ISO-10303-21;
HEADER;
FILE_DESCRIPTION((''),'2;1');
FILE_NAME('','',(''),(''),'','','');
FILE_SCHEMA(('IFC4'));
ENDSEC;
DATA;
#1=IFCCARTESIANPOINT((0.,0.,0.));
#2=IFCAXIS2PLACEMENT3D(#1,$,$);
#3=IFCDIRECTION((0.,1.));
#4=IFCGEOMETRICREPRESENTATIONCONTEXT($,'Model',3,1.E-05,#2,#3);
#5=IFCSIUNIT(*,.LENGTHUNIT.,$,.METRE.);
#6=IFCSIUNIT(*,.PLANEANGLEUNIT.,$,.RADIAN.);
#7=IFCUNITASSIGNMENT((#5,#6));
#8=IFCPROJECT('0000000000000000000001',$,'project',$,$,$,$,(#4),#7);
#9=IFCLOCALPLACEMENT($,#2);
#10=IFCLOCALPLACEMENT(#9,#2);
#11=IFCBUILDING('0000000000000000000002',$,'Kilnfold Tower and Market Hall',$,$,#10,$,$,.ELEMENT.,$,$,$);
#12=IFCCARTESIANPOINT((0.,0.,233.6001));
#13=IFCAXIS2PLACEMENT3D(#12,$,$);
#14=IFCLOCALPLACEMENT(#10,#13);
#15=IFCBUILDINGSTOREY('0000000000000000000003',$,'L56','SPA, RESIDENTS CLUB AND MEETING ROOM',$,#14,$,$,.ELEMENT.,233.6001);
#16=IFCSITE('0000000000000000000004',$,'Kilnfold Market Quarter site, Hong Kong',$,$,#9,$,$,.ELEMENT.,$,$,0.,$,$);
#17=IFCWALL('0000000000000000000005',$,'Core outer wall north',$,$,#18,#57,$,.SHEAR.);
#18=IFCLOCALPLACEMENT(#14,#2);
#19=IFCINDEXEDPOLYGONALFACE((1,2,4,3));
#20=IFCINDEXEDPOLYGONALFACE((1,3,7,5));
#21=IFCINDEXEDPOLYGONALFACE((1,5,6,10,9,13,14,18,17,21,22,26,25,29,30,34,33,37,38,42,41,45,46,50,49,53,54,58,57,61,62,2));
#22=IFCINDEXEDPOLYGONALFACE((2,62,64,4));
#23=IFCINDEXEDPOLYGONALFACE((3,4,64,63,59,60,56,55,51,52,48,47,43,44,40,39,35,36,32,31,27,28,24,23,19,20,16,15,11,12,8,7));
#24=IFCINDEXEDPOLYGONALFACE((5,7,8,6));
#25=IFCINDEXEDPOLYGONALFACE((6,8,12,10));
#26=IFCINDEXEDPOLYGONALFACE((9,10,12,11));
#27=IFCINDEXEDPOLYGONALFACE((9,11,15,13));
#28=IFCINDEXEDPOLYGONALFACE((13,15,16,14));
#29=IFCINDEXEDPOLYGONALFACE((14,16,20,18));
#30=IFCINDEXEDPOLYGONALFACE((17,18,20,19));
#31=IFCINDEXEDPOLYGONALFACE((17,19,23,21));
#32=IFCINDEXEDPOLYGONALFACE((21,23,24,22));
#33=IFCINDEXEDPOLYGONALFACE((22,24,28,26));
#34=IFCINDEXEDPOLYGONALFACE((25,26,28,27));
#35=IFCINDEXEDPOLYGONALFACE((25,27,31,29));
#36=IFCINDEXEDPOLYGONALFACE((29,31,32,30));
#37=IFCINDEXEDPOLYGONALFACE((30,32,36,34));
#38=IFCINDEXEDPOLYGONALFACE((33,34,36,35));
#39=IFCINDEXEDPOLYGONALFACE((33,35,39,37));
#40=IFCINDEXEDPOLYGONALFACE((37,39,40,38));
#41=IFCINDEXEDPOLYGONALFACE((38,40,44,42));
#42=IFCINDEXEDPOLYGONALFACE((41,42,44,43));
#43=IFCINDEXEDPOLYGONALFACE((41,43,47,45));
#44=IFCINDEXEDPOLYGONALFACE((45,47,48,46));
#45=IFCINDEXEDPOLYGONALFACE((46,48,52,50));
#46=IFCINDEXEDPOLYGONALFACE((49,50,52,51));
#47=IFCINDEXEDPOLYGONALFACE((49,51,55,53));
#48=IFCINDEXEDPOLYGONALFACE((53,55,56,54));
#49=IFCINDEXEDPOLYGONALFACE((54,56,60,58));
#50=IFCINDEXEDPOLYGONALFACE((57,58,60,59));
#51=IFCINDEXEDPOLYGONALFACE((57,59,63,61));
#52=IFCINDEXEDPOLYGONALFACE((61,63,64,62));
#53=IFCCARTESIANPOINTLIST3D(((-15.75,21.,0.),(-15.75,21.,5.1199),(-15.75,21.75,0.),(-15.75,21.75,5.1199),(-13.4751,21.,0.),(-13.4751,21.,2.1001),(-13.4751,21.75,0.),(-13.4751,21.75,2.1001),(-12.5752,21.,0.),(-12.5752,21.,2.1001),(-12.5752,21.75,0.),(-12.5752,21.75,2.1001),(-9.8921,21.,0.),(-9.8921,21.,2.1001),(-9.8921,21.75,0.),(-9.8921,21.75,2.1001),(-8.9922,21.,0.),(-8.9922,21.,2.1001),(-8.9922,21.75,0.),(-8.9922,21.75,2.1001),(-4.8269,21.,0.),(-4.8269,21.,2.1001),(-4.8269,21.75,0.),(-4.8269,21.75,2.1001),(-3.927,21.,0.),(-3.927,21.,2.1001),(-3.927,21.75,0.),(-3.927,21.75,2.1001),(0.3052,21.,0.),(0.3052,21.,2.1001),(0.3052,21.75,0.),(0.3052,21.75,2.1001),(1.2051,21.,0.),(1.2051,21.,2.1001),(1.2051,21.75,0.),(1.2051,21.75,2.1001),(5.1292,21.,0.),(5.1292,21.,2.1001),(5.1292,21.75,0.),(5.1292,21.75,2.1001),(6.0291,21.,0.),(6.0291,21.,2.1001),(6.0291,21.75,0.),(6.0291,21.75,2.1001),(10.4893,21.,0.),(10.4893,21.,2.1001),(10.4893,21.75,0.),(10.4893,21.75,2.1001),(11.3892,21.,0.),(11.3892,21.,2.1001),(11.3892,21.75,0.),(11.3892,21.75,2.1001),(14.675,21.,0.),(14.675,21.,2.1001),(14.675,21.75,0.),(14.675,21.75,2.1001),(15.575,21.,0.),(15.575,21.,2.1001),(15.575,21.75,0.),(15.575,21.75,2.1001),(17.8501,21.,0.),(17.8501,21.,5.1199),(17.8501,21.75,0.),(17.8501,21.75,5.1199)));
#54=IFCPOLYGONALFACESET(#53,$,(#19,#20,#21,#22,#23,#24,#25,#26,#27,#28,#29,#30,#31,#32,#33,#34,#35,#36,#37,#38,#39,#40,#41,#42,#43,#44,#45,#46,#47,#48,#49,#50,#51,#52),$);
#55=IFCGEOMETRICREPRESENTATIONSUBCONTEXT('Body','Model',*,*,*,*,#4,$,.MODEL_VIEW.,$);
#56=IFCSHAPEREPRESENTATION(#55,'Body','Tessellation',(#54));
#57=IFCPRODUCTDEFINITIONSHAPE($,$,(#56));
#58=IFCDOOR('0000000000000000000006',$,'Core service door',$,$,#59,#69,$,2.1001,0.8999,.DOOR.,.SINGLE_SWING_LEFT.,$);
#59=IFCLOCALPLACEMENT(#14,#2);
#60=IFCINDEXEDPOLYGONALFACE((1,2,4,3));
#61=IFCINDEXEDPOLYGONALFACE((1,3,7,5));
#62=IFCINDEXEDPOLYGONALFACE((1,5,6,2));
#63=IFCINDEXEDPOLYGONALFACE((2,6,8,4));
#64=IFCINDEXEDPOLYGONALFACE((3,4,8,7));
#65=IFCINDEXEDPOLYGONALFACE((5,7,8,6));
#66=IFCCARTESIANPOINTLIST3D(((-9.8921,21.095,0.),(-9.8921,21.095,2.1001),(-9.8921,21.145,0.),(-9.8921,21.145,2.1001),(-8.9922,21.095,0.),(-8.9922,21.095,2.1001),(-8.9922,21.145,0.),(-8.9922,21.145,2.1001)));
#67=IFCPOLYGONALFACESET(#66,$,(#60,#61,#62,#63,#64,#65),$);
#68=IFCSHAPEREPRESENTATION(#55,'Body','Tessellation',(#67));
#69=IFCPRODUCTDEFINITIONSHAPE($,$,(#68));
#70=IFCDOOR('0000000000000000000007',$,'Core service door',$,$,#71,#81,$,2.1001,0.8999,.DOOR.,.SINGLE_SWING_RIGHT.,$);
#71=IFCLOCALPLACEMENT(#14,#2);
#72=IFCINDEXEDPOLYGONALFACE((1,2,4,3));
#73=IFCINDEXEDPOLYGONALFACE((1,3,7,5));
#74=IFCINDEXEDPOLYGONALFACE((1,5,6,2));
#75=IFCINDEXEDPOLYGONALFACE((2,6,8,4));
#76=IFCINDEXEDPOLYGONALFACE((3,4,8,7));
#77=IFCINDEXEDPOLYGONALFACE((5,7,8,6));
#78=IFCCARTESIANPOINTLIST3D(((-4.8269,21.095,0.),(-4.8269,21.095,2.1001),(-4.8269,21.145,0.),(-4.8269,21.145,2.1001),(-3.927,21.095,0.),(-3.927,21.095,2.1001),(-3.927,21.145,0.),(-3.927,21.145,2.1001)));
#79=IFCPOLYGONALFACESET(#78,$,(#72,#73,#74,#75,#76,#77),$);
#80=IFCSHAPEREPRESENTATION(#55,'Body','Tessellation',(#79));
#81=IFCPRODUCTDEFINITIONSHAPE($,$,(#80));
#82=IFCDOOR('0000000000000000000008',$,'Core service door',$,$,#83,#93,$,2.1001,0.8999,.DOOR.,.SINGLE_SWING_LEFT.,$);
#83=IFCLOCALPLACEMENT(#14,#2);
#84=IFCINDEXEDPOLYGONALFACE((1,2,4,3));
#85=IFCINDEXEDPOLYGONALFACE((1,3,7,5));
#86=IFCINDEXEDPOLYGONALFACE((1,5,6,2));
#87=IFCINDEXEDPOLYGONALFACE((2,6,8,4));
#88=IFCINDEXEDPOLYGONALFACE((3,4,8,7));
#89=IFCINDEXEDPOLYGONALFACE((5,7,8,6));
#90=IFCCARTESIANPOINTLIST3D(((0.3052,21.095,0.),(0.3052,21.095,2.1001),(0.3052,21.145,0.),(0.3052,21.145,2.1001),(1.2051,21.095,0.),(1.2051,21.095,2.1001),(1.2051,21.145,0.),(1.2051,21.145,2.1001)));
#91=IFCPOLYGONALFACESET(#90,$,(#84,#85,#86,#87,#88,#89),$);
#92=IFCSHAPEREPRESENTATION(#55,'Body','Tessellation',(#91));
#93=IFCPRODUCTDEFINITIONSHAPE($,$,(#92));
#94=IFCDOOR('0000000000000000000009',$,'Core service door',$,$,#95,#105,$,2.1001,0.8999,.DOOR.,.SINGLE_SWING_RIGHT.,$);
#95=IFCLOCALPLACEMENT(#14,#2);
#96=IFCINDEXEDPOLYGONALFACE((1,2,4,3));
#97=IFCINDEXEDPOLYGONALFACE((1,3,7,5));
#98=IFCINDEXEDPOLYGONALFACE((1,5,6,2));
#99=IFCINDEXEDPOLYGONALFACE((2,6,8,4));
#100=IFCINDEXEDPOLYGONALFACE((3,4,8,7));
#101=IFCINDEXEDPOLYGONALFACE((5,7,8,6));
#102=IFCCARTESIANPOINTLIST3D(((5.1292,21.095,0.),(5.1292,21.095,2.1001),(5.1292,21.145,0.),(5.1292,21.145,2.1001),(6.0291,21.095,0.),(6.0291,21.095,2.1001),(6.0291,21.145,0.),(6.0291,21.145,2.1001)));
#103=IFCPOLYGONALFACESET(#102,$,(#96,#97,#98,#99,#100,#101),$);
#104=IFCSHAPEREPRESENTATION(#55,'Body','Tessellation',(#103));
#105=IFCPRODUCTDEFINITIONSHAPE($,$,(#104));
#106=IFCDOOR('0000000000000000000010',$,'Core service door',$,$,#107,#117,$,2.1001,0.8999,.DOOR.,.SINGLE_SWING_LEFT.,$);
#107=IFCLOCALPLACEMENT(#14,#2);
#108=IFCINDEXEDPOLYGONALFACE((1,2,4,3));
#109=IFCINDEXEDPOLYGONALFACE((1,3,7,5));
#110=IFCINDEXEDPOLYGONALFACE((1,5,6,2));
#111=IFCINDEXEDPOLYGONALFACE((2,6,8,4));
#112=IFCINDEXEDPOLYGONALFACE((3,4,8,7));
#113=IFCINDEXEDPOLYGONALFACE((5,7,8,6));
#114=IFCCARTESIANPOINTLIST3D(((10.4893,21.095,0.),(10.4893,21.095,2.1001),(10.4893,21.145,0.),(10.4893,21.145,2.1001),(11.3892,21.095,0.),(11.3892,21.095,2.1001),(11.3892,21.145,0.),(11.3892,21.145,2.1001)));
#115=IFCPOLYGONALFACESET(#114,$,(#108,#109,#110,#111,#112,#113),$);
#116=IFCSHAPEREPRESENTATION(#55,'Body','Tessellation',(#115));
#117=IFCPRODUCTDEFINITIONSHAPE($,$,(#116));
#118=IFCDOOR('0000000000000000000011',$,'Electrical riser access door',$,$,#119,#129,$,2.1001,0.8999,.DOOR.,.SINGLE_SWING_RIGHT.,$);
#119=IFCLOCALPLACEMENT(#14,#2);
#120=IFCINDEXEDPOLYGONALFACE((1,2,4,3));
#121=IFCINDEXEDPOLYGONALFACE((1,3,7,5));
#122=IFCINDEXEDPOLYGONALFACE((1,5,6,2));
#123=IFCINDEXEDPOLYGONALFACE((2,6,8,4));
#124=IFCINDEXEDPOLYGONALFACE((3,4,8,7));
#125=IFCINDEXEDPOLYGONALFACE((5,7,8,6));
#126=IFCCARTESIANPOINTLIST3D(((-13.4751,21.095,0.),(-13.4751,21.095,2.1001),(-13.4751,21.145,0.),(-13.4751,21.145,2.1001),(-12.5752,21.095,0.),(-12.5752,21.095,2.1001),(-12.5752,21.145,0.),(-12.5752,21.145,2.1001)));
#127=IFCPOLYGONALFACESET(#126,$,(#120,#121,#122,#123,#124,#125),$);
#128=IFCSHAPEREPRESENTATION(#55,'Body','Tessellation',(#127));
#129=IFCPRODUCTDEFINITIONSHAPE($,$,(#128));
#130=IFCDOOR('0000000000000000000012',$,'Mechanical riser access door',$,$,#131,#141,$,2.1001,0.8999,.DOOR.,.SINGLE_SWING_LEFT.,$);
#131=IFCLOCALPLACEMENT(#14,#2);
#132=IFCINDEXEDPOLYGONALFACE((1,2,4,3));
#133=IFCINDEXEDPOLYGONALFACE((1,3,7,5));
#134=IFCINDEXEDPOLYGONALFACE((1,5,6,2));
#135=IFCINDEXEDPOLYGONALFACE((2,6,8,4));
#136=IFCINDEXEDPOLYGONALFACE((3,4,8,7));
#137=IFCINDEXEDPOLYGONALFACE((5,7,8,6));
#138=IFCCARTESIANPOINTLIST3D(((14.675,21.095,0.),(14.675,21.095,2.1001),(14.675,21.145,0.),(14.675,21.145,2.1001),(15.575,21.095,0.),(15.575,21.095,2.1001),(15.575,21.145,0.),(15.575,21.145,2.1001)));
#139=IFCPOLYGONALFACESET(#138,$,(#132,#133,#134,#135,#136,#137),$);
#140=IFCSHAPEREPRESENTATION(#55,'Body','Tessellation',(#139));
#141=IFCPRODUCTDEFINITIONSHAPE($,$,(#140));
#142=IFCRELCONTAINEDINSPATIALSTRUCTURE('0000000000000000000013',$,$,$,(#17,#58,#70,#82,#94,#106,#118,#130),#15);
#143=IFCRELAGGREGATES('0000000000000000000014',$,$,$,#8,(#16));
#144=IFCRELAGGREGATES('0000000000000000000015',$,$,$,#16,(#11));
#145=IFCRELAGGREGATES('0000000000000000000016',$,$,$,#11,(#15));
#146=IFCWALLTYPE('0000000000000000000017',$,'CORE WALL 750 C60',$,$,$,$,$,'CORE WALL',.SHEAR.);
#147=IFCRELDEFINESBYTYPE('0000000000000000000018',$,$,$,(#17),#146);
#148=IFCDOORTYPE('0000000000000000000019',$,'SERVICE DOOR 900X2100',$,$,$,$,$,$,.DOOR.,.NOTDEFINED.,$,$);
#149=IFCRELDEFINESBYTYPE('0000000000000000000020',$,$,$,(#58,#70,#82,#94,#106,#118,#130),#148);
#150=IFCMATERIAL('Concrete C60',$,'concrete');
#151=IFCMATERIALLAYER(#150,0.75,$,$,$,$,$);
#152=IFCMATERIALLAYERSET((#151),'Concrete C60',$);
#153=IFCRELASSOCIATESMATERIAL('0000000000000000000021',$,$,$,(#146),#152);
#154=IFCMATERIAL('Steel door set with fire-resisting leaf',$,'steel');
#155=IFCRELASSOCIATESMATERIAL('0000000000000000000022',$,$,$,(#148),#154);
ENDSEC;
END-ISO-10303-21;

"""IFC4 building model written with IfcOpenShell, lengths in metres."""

from ifc_helpers import new_model, si_unit, direction, frame, frame_2d, origin, place, context, subcontext, project, spatial, rectangle, extrude, source, transform, mapped, material, layer, layer_set, type_object, element, fill, save


model = new_model("IFC4")

# Units and contexts
model_context = context("Model", 3, precision=1e-05, world=origin(), true_north=direction((0.0, 1.0)))
body_context = subcontext(model_context, "Body", "Model", "MODEL_VIEW")
ifc_project = project(units=[si_unit("LENGTHUNIT", "METRE"), si_unit("PLANEANGLEUNIT", "RADIAN")], contexts=[model_context])

# Site, building, storey
site_placement = place(None, origin())
site = spatial("IfcSite", under=ifc_project, at=site_placement, Name="Kilnfold Market Quarter site, Hong Kong", CompositionType="ELEMENT", RefElevation=0.0)
building_placement = place(site_placement, origin())
building = spatial("IfcBuilding", under=site, at=building_placement, Name="Kilnfold Tower and Market Hall", CompositionType="ELEMENT")
storey_placement = place(building_placement, frame((0.0, 0.0, 233.6001)))
storey = spatial("IfcBuildingStorey", under=building, at=storey_placement, Name="L56", Description="SPA, RESIDENTS CLUB AND MEETING ROOM", CompositionType="ELEMENT", Elevation=233.6001)

# Wall, openings, doors
ifc_material_1 = material(Name="Concrete C60", Category="concrete")
ifc_layer_1 = layer(ifc_material_1, 0.75)
ifc_layer_set_1 = layer_set([ifc_layer_1], Name="Concrete C60")
wall_type_1 = type_object("IfcWallType", Name="CORE WALL 750 C60", ElementType="CORE WALL", PredefinedType="SHEAR", material=ifc_layer_set_1)
shared_shape_1 = source(origin(), body_context, "Body", "SweptSolid", [
    extrude(rectangle(XDim=33.6001, YDim=0.75, at=frame_2d((16.8, 0.0))), origin(), (0.0, 0.0, 1.0), 5.1199),
])
wall_1_placement = place(storey_placement, frame((-15.75, 21.375, 0.0), z_axis=(0.0, 0.0, 1.0), x_axis=(1.0, 0.0, 0.0)))
wall_1 = element("IfcWall", 1, at=wall_1_placement, inside=storey, type_object=wall_type_1, Name="Core outer wall north", PredefinedType="SHEAR", context=body_context, shape_type="MappedRepresentation", body=[
    mapped(shared_shape_1, transform((0.0, 0.0, 0.0))),
])
opening_1_placement = place(wall_1_placement, frame((5.8579, 0.0, 0.0)))
opening_1 = element("IfcOpeningElement", 2, at=opening_1_placement, cuts=wall_1, PredefinedType="OPENING", context=body_context, shape_type="SweptSolid", body=[
    extrude(rectangle(XDim=0.8999, YDim=2.1001, at=frame_2d((0.45, 1.05))), frame((0.0, 0.385, 0.0), z_axis=(0.0, -1.0, 0.0), x_axis=(1.0, 0.0, 0.0)), (0.0, 0.0, 1.0), 0.77),
])
opening_2_placement = place(wall_1_placement, frame((10.9231, 0.0, 0.0)))
opening_2 = element("IfcOpeningElement", 3, at=opening_2_placement, cuts=wall_1, PredefinedType="OPENING", context=body_context, shape_type="SweptSolid", body=[
    extrude(rectangle(XDim=0.8999, YDim=2.1001, at=frame_2d((0.45, 1.05))), frame((0.0, 0.385, 0.0), z_axis=(0.0, -1.0, 0.0), x_axis=(1.0, 0.0, 0.0)), (0.0, 0.0, 1.0), 0.77),
])
opening_3_placement = place(wall_1_placement, frame((16.0552, 0.0, 0.0)))
opening_3 = element("IfcOpeningElement", 4, at=opening_3_placement, cuts=wall_1, PredefinedType="OPENING", context=body_context, shape_type="SweptSolid", body=[
    extrude(rectangle(XDim=0.8999, YDim=2.1001, at=frame_2d((0.45, 1.05))), frame((0.0, 0.385, 0.0), z_axis=(0.0, -1.0, 0.0), x_axis=(1.0, 0.0, 0.0)), (0.0, 0.0, 1.0), 0.77),
])
opening_4_placement = place(wall_1_placement, frame((20.8792, 0.0, 0.0)))
opening_4 = element("IfcOpeningElement", 5, at=opening_4_placement, cuts=wall_1, PredefinedType="OPENING", context=body_context, shape_type="SweptSolid", body=[
    extrude(rectangle(XDim=0.8999, YDim=2.1001, at=frame_2d((0.45, 1.05))), frame((0.0, 0.385, 0.0), z_axis=(0.0, -1.0, 0.0), x_axis=(1.0, 0.0, 0.0)), (0.0, 0.0, 1.0), 0.77),
])
opening_5_placement = place(wall_1_placement, frame((26.2393, 0.0, 0.0)))
opening_5 = element("IfcOpeningElement", 6, at=opening_5_placement, cuts=wall_1, PredefinedType="OPENING", context=body_context, shape_type="SweptSolid", body=[
    extrude(rectangle(XDim=0.8999, YDim=2.1001, at=frame_2d((0.45, 1.05))), frame((0.0, 0.385, 0.0), z_axis=(0.0, -1.0, 0.0), x_axis=(1.0, 0.0, 0.0)), (0.0, 0.0, 1.0), 0.77),
])
opening_6_placement = place(wall_1_placement, frame((2.2749, 0.0, 0.0)))
opening_6 = element("IfcOpeningElement", 7, at=opening_6_placement, cuts=wall_1, PredefinedType="OPENING", context=body_context, shape_type="SweptSolid", body=[
    extrude(rectangle(XDim=0.8999, YDim=2.1001, at=frame_2d((0.45, 1.05))), frame((0.0, 0.385, 0.0), z_axis=(0.0, -1.0, 0.0), x_axis=(1.0, 0.0, 0.0)), (0.0, 0.0, 1.0), 0.77),
])
opening_7_placement = place(wall_1_placement, frame((30.425, 0.0, 0.0)))
opening_7 = element("IfcOpeningElement", 8, at=opening_7_placement, cuts=wall_1, PredefinedType="OPENING", context=body_context, shape_type="SweptSolid", body=[
    extrude(rectangle(XDim=0.8999, YDim=2.1001, at=frame_2d((0.45, 1.05))), frame((0.0, 0.385, 0.0), z_axis=(0.0, -1.0, 0.0), x_axis=(1.0, 0.0, 0.0)), (0.0, 0.0, 1.0), 0.77),
])
ifc_material_2 = material(Name="Steel door set with fire-resisting leaf", Category="steel")
door_type_1 = type_object("IfcDoorType", Name="SERVICE DOOR 900X2100", OperationType="NOTDEFINED", PredefinedType="DOOR", material=ifc_material_2)
door_1_placement = place(opening_1_placement, origin())
door_1 = element("IfcDoor", 9, at=door_1_placement, inside=storey, type_object=door_type_1, Name="Core service door", OperationType="SINGLE_SWING_LEFT", OverallHeight=2.1001, OverallWidth=0.8999, PredefinedType="DOOR", context=body_context, shape_type="SweptSolid", body=[
    extrude(rectangle(XDim=0.8999, YDim=2.1001, at=frame_2d((0.45, 1.05))), frame((0.0, -0.23, 0.0), z_axis=(0.0, -1.0, 0.0), x_axis=(1.0, 0.0, 0.0)), (0.0, 0.0, 1.0), 0.05),
])
fill(opening_1, door_1)
door_2_placement = place(opening_2_placement, origin())
door_2 = element("IfcDoor", 10, at=door_2_placement, inside=storey, type_object=door_type_1, Name="Core service door", OperationType="SINGLE_SWING_RIGHT", OverallHeight=2.1001, OverallWidth=0.8999, PredefinedType="DOOR", context=body_context, shape_type="SweptSolid", body=[
    extrude(rectangle(XDim=0.8999, YDim=2.1001, at=frame_2d((0.45, 1.05))), frame((0.0, -0.23, 0.0), z_axis=(0.0, -1.0, 0.0), x_axis=(1.0, 0.0, 0.0)), (0.0, 0.0, 1.0), 0.05),
])
fill(opening_2, door_2)
door_3_placement = place(opening_3_placement, origin())
door_3 = element("IfcDoor", 11, at=door_3_placement, inside=storey, type_object=door_type_1, Name="Core service door", OperationType="SINGLE_SWING_LEFT", OverallHeight=2.1001, OverallWidth=0.8999, PredefinedType="DOOR", context=body_context, shape_type="SweptSolid", body=[
    extrude(rectangle(XDim=0.8999, YDim=2.1001, at=frame_2d((0.45, 1.05))), frame((0.0, -0.23, 0.0), z_axis=(0.0, -1.0, 0.0), x_axis=(1.0, 0.0, 0.0)), (0.0, 0.0, 1.0), 0.05),
])
fill(opening_3, door_3)
door_4_placement = place(opening_4_placement, origin())
door_4 = element("IfcDoor", 12, at=door_4_placement, inside=storey, type_object=door_type_1, Name="Core service door", OperationType="SINGLE_SWING_RIGHT", OverallHeight=2.1001, OverallWidth=0.8999, PredefinedType="DOOR", context=body_context, shape_type="SweptSolid", body=[
    extrude(rectangle(XDim=0.8999, YDim=2.1001, at=frame_2d((0.45, 1.05))), frame((0.0, -0.23, 0.0), z_axis=(0.0, -1.0, 0.0), x_axis=(1.0, 0.0, 0.0)), (0.0, 0.0, 1.0), 0.05),
])
fill(opening_4, door_4)
door_5_placement = place(opening_5_placement, origin())
door_5 = element("IfcDoor", 13, at=door_5_placement, inside=storey, type_object=door_type_1, Name="Core service door", OperationType="SINGLE_SWING_LEFT", OverallHeight=2.1001, OverallWidth=0.8999, PredefinedType="DOOR", context=body_context, shape_type="SweptSolid", body=[
    extrude(rectangle(XDim=0.8999, YDim=2.1001, at=frame_2d((0.45, 1.05))), frame((0.0, -0.23, 0.0), z_axis=(0.0, -1.0, 0.0), x_axis=(1.0, 0.0, 0.0)), (0.0, 0.0, 1.0), 0.05),
])
fill(opening_5, door_5)
door_6_placement = place(opening_6_placement, origin())
door_6 = element("IfcDoor", 14, at=door_6_placement, inside=storey, type_object=door_type_1, Name="Electrical riser access door", OperationType="SINGLE_SWING_RIGHT", OverallHeight=2.1001, OverallWidth=0.8999, PredefinedType="DOOR", context=body_context, shape_type="SweptSolid", body=[
    extrude(rectangle(XDim=0.8999, YDim=2.1001, at=frame_2d((0.45, 1.05))), frame((0.0, -0.23, 0.0), z_axis=(0.0, -1.0, 0.0), x_axis=(1.0, 0.0, 0.0)), (0.0, 0.0, 1.0), 0.05),
])
fill(opening_6, door_6)
door_7_placement = place(opening_7_placement, origin())
door_7 = element("IfcDoor", 15, at=door_7_placement, inside=storey, type_object=door_type_1, Name="Mechanical riser access door", OperationType="SINGLE_SWING_LEFT", OverallHeight=2.1001, OverallWidth=0.8999, PredefinedType="DOOR", context=body_context, shape_type="SweptSolid", body=[
    extrude(rectangle(XDim=0.8999, YDim=2.1001, at=frame_2d((0.45, 1.05))), frame((0.0, -0.23, 0.0), z_axis=(0.0, -1.0, 0.0), x_axis=(1.0, 0.0, 0.0)), (0.0, 0.0, 1.0), 0.05),
])
fill(opening_7, door_7)

save(model, "model.ifc")
